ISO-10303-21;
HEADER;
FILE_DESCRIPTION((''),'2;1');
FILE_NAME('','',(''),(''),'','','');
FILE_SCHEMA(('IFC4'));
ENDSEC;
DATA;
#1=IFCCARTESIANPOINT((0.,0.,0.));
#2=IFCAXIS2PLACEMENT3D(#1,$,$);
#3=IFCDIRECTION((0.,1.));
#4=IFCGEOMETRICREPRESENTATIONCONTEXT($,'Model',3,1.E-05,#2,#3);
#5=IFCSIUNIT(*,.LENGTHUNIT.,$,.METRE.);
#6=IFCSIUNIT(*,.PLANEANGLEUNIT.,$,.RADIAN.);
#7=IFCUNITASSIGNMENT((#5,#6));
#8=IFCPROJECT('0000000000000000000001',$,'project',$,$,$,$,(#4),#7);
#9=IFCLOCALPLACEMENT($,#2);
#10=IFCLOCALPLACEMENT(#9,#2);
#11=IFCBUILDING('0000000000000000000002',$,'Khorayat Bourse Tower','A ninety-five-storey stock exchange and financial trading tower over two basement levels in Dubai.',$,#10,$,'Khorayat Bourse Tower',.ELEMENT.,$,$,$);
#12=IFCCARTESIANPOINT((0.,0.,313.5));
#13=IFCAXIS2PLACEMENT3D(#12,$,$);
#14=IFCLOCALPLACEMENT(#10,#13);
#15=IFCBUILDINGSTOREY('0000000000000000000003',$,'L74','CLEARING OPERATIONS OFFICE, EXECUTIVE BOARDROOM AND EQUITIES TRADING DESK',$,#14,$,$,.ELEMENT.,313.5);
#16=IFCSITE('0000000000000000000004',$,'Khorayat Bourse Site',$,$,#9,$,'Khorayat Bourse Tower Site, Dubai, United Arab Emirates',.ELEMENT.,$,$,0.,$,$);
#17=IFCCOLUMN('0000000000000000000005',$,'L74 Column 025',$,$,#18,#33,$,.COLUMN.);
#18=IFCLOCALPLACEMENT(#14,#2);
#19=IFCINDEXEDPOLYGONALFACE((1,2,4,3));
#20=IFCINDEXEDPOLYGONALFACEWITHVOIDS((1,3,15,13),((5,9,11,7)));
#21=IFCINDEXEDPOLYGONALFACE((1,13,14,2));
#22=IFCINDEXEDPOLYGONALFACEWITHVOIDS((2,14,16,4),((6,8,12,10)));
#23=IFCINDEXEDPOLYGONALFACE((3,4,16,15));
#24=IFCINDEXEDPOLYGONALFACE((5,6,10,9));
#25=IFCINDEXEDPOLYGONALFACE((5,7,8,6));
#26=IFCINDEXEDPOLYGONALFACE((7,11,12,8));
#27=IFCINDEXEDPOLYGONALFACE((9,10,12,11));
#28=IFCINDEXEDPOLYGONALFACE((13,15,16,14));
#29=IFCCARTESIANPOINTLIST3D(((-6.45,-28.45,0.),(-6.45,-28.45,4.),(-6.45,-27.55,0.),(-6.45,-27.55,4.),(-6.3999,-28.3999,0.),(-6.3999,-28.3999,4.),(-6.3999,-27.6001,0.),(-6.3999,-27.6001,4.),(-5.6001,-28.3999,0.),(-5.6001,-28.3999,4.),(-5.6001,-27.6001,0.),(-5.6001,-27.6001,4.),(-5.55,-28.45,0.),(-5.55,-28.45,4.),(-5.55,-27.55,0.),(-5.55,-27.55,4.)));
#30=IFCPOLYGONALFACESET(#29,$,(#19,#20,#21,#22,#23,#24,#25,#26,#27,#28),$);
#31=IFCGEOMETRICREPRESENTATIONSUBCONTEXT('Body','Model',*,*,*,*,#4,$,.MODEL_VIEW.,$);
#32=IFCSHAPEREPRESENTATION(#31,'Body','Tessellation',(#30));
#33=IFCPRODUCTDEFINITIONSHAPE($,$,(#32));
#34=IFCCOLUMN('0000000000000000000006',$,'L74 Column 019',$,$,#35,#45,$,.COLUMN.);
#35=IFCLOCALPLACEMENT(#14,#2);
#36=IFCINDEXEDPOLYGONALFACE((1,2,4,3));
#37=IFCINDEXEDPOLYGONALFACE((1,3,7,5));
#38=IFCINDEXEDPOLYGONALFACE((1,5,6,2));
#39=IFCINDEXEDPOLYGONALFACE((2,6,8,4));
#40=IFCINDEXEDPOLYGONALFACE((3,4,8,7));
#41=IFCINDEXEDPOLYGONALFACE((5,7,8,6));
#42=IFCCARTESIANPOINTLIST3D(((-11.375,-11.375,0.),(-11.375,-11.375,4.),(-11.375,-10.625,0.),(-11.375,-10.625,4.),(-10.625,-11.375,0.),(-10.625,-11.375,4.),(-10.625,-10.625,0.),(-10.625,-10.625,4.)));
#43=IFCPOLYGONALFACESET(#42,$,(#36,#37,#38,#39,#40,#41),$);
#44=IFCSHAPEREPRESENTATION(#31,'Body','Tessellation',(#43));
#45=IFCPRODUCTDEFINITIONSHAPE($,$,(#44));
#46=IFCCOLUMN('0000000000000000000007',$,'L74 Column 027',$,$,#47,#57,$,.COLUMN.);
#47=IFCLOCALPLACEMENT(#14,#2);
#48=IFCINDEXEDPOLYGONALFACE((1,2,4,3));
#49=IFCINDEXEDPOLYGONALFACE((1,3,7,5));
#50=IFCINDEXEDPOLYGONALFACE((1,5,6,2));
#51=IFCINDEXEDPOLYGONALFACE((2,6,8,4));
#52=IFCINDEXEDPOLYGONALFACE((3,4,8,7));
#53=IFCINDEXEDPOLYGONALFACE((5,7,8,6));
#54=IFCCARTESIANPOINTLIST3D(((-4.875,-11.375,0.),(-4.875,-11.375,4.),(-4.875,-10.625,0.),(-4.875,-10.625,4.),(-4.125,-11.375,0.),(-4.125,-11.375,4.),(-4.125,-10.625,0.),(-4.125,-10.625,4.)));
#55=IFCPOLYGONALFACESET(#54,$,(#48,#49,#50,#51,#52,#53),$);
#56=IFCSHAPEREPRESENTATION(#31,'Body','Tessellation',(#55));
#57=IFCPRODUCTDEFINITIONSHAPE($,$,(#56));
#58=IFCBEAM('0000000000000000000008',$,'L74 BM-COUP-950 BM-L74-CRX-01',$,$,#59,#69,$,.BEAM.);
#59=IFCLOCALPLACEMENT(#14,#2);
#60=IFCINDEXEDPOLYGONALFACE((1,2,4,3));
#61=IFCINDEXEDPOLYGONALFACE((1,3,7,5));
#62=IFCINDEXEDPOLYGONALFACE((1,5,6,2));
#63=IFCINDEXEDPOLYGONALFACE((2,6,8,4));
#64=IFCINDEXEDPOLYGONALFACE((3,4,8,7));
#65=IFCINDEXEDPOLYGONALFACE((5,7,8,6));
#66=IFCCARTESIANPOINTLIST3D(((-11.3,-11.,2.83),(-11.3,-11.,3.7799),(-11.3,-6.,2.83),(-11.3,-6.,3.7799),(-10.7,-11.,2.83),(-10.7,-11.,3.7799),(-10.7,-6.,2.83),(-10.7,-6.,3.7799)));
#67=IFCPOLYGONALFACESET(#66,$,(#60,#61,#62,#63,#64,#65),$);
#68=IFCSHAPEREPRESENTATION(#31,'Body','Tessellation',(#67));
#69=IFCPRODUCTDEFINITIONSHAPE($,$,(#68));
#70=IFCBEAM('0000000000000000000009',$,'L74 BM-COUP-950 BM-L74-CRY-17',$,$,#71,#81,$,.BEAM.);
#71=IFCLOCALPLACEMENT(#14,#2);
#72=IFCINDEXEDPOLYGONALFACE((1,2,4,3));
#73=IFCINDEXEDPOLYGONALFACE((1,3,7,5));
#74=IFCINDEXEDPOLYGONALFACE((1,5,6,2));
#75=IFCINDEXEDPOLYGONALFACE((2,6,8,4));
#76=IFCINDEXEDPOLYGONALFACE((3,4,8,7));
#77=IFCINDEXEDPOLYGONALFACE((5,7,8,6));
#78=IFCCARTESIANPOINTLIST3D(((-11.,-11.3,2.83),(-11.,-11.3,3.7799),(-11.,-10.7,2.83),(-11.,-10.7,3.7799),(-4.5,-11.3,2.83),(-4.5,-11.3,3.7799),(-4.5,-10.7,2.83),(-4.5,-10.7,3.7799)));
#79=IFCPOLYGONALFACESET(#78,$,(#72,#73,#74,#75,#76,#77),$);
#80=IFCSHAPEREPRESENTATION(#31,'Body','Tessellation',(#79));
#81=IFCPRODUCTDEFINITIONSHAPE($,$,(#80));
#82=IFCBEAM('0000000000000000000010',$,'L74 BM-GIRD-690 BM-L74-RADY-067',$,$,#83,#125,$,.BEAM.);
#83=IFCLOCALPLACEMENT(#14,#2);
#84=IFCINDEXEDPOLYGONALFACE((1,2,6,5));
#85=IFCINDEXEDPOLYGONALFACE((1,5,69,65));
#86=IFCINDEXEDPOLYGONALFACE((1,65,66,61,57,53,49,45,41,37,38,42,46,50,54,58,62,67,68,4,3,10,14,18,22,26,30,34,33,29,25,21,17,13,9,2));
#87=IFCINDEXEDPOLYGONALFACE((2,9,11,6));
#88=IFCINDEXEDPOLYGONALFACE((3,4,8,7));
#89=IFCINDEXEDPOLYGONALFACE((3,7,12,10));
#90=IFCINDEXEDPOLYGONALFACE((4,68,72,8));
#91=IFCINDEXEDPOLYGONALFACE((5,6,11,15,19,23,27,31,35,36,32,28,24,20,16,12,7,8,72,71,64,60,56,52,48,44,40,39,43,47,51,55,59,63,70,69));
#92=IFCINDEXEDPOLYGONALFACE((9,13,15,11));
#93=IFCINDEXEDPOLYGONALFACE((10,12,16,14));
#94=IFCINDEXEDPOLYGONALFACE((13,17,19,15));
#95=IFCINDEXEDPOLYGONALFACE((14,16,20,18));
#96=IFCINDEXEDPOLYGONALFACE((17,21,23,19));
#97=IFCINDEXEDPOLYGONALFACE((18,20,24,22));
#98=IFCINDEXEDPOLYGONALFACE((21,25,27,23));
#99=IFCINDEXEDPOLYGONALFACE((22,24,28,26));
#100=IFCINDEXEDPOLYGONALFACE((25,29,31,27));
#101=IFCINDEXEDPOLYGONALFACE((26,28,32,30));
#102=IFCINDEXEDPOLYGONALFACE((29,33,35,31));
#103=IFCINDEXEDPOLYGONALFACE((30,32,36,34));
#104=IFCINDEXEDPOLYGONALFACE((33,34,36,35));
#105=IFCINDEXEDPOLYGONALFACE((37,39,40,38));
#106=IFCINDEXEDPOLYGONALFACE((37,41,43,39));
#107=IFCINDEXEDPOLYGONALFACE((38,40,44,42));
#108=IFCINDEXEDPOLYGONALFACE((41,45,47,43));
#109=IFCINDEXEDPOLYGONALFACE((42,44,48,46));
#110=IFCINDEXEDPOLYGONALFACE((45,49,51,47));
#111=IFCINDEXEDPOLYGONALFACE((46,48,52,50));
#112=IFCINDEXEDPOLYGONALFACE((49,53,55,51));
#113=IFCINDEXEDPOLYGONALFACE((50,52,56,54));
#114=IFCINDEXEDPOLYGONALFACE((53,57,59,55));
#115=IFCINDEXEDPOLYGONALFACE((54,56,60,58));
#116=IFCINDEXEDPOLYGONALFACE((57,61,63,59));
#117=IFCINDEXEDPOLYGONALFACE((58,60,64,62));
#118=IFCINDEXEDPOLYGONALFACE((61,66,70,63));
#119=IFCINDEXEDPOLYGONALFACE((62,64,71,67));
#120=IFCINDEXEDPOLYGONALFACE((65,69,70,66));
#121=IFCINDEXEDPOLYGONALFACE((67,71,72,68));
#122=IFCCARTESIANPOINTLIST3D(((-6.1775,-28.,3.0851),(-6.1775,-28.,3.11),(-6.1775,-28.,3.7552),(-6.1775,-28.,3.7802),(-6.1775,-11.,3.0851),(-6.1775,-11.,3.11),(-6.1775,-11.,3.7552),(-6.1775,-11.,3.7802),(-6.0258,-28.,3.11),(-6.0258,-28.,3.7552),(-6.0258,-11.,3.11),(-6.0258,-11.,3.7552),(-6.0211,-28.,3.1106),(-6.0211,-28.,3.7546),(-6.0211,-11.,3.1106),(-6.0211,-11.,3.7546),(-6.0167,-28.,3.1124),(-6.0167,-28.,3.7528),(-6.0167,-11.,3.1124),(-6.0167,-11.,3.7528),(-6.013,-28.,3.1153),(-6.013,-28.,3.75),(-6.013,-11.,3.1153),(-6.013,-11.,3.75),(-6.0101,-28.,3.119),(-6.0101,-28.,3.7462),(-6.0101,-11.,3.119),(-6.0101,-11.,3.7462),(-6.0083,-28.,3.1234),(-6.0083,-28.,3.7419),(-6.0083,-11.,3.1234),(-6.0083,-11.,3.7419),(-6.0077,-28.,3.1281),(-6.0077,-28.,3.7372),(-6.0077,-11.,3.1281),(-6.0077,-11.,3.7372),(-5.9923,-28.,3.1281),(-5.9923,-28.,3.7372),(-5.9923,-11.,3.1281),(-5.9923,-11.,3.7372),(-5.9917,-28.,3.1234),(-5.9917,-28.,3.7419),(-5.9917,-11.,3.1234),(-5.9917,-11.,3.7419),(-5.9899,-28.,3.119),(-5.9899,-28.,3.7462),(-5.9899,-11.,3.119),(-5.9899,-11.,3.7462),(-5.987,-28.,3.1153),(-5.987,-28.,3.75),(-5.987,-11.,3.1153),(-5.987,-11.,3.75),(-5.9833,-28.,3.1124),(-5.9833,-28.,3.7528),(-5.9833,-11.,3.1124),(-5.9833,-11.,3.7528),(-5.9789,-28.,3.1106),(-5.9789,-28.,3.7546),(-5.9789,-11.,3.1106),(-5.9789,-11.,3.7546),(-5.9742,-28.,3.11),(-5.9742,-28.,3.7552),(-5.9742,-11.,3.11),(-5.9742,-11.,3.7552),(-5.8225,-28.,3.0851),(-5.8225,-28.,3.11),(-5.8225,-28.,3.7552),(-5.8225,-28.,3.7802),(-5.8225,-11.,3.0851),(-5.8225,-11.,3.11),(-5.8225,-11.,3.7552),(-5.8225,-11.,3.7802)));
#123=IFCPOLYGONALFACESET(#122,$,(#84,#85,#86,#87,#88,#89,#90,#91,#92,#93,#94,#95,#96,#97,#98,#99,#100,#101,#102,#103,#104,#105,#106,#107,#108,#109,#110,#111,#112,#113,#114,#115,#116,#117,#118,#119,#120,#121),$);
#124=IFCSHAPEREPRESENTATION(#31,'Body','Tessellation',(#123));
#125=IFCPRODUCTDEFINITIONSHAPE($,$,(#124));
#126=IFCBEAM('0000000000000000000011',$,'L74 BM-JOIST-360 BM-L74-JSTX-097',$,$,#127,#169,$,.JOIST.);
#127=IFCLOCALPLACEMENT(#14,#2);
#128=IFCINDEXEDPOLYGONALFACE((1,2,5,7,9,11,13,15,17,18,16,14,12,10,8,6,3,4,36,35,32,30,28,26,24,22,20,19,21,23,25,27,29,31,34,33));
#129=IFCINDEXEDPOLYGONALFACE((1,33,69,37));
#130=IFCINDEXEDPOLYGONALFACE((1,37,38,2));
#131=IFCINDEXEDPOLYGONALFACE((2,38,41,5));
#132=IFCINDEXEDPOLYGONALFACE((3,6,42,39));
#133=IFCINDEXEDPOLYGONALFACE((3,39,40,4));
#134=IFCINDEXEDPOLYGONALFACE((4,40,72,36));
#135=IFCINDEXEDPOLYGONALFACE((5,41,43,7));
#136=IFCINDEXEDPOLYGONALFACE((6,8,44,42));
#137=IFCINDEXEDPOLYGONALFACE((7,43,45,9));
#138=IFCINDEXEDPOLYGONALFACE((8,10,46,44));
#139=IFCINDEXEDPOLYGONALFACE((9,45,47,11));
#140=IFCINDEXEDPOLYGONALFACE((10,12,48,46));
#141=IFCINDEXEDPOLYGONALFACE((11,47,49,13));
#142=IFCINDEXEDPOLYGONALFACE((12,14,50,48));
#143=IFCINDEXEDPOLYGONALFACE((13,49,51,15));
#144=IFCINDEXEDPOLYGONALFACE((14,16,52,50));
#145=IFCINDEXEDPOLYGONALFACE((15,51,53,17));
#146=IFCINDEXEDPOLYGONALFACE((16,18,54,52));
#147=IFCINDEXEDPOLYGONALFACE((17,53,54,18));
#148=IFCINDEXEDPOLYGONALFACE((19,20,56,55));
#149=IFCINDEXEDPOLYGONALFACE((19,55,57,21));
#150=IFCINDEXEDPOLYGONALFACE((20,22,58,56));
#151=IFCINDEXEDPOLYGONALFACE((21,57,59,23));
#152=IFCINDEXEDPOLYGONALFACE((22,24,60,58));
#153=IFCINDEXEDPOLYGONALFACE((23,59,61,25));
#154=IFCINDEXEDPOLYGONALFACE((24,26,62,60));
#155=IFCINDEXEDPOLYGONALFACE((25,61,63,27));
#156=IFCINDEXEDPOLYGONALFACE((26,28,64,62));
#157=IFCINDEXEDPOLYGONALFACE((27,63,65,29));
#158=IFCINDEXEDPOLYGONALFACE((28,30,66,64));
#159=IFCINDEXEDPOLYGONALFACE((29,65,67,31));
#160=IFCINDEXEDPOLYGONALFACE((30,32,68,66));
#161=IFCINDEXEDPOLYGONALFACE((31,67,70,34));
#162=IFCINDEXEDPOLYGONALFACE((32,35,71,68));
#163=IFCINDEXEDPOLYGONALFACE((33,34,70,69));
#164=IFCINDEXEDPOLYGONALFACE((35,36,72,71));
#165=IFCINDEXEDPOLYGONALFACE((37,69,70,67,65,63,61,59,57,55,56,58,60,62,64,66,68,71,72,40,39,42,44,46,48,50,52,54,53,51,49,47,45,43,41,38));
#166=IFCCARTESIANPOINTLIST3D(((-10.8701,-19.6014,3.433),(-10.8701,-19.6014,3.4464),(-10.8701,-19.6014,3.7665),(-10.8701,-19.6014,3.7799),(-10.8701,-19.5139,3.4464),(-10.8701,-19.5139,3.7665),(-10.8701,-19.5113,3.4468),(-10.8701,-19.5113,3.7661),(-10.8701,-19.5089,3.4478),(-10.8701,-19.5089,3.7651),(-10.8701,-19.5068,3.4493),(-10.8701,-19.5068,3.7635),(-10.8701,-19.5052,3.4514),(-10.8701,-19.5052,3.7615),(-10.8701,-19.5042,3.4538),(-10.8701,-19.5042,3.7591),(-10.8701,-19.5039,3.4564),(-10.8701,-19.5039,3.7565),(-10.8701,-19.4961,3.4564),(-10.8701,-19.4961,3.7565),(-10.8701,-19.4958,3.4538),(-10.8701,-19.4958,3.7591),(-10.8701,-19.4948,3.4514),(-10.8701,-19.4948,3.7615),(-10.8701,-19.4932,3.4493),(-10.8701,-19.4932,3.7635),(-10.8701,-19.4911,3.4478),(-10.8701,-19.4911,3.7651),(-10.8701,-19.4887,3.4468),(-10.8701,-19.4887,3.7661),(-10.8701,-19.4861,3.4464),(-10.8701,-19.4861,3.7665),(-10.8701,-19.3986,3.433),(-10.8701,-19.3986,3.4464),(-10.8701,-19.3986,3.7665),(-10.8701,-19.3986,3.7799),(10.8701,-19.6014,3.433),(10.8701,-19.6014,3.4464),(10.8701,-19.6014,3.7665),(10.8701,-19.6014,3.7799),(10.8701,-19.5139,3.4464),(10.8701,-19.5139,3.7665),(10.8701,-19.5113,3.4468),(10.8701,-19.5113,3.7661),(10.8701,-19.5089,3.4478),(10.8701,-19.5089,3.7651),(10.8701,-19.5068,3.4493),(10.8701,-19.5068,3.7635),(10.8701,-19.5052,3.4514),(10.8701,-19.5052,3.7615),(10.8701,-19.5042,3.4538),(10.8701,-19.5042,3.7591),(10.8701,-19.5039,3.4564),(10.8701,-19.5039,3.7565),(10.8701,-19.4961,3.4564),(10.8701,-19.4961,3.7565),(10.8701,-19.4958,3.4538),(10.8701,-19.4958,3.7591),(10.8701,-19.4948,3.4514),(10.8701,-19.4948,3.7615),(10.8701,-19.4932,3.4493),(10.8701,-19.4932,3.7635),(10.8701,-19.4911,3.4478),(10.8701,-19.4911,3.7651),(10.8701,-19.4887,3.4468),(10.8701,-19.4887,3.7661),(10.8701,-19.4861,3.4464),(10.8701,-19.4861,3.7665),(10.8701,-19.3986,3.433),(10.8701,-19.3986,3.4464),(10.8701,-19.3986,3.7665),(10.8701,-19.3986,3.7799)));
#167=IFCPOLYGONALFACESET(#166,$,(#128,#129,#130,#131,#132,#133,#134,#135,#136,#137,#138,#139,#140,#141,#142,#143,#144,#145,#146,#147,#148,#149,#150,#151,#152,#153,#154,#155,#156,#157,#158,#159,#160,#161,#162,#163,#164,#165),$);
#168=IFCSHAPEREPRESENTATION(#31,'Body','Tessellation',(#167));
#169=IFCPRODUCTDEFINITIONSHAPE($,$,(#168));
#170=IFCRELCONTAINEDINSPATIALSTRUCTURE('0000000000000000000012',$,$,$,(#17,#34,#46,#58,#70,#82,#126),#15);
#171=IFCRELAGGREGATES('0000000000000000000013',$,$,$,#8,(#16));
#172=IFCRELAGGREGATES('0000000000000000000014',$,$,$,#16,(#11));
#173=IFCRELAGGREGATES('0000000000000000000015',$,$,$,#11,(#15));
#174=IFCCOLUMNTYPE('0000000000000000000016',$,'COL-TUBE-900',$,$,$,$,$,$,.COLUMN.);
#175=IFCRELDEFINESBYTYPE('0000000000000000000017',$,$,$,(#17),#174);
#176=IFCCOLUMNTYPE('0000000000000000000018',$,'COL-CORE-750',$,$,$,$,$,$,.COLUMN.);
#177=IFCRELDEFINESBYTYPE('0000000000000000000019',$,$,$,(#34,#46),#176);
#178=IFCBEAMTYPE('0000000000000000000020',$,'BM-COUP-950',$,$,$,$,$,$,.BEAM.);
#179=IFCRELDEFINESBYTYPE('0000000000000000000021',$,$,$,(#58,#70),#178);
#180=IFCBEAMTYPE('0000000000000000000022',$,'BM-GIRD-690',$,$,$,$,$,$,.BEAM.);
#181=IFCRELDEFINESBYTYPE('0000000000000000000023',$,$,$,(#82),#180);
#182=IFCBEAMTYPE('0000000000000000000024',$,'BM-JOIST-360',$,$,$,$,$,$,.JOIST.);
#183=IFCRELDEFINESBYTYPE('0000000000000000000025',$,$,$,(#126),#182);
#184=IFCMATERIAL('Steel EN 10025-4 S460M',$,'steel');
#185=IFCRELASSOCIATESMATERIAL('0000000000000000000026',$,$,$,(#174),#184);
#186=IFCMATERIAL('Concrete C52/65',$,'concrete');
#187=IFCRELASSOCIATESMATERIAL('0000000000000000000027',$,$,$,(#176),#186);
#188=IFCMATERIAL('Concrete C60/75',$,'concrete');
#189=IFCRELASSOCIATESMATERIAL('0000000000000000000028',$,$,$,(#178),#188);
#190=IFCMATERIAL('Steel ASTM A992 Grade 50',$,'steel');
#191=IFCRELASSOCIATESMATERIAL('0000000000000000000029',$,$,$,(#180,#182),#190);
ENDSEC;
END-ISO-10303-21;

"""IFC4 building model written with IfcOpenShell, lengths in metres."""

from ifc_helpers import new_model, si_unit, direction, frame, origin, origin_2d, place, context, subcontext, project, spatial, rectangle, hollow_rectangle, i_section, extrude, source, transform, mapped, material, material_profile, profile_set, type_object, element, save


model = new_model("IFC4")

# Units and contexts
model_context = context("Model", 3, precision=1e-05, world=origin(), true_north=direction((0.0, 1.0)))
body_context = subcontext(model_context, "Body", "Model", "MODEL_VIEW")
ifc_project = project(units=[si_unit("LENGTHUNIT", "METRE"), si_unit("PLANEANGLEUNIT", "RADIAN")], contexts=[model_context])

# Site, building, storey
site_placement = place(None, origin())
site = spatial("IfcSite", under=ifc_project, at=site_placement, Name="Khorayat Bourse Site", LongName="Khorayat Bourse Tower Site, Dubai, United Arab Emirates", CompositionType="ELEMENT", RefElevation=0.0)
building_placement = place(site_placement, origin())
building = spatial("IfcBuilding", under=site, at=building_placement, Name="Khorayat Bourse Tower", Description="A ninety-five-storey stock exchange and financial trading tower over two basement levels in Dubai.", LongName="Khorayat Bourse Tower", CompositionType="ELEMENT")
storey_placement = place(building_placement, frame((0.0, 0.0, 313.5)))
storey = spatial("IfcBuildingStorey", under=building, at=storey_placement, Name="L74", Description="CLEARING OPERATIONS OFFICE, EXECUTIVE BOARDROOM AND EQUITIES TRADING DESK", CompositionType="ELEMENT", Elevation=313.5)

# Columns
ifc_material_1 = material(Name="Steel EN 10025-4 S460M", Category="steel")
ifc_material_profile_1 = material_profile(ifc_material_1, hollow_rectangle(XDim=0.8999, YDim=0.8999, WallThickness=0.05, at=origin_2d()), Name="BOX 900x900x50")
ifc_profile_set_1 = profile_set([ifc_material_profile_1], Name="Steel EN 10025-4 S460M")
column_type_1 = type_object("IfcColumnType", Name="COL-TUBE-900", PredefinedType="COLUMN", material=ifc_profile_set_1)
shared_shape_1 = source(origin(), body_context, "Body", "SweptSolid", [
    extrude(hollow_rectangle(XDim=0.8999, YDim=0.8999, WallThickness=0.05, at=origin_2d()), origin(), (0.0, 0.0, 1.0), 4.0),
])
column_placement = place(storey_placement, frame((-6.0, -28.0, 0.0), z_axis=(0.0, 0.0, 1.0), x_axis=(1.0, 0.0, 0.0)))
element("IfcColumn", 1, at=column_placement, inside=storey, type_object=column_type_1, Name="L74 Column 025", PredefinedType="COLUMN", context=body_context, shape_type="MappedRepresentation", body=[
    mapped(shared_shape_1, transform((0.0, 0.0, 0.0), scale=1.0)),
])
ifc_material_2 = material(Name="Concrete C52/65", Category="concrete")
ifc_material_profile_2 = material_profile(ifc_material_2, rectangle(XDim=0.75, YDim=0.75, at=origin_2d()), Name="RC 750x750")
ifc_profile_set_2 = profile_set([ifc_material_profile_2], Name="Concrete C52/65")
column_type_2 = type_object("IfcColumnType", Name="COL-CORE-750", PredefinedType="COLUMN", material=ifc_profile_set_2)
shared_shape_2 = source(origin(), body_context, "Body", "SweptSolid", [
    extrude(rectangle(XDim=0.75, YDim=0.75, at=origin_2d()), origin(), (0.0, 0.0, 1.0), 4.0),
])
for number, where, z_axis, x_axis, name in (
    (2, (-11.0, -11.0, 0.0), (0.0, 0.0, 1.0), (1.0, 0.0, 0.0), "L74 Column 019"),
    (3, (-4.5, -11.0, 0.0), (0.0, 0.0, 1.0), (1.0, 0.0, 0.0), "L74 Column 027"),
):
    element("IfcColumn", number, at=place(storey_placement, frame(where, z_axis=z_axis, x_axis=x_axis)), inside=storey, type_object=column_type_2, Name=name, PredefinedType="COLUMN", context=body_context, shape_type="MappedRepresentation", body=[
        mapped(shared_shape_2, transform((0.0, 0.0, 0.0), scale=1.0)),
    ])

# Beams
ifc_material_3 = material(Name="Concrete C60/75", Category="concrete")
ifc_material_profile_3 = material_profile(ifc_material_3, rectangle(XDim=0.6001, YDim=0.95, at=origin_2d()), Name="RC 600x950")
ifc_profile_set_3 = profile_set([ifc_material_profile_3], Name="Concrete C60/75")
beam_type_1 = type_object("IfcBeamType", Name="BM-COUP-950", PredefinedType="BEAM", material=ifc_profile_set_3)
shared_shape_3 = source(origin(), body_context, "Body", "SweptSolid", [
    extrude(rectangle(XDim=0.6001, YDim=0.95, at=origin_2d()), origin(), (0.0, 0.0, 1.0), 5.0),
])
beam_1_placement = place(storey_placement, frame((-11.0, -11.0, 3.3049), z_axis=(0.0, 1.0, 0.0), x_axis=(-1.0, 0.0, 0.0)))
element("IfcBeam", 4, at=beam_1_placement, inside=storey, type_object=beam_type_1, Name="L74 BM-COUP-950 BM-L74-CRX-01", PredefinedType="BEAM", context=body_context, shape_type="MappedRepresentation", body=[
    mapped(shared_shape_3, transform((0.0, 0.0, 0.0), scale=1.0)),
])
shared_shape_4 = source(origin(), body_context, "Body", "SweptSolid", [
    extrude(rectangle(XDim=0.6001, YDim=0.95, at=origin_2d()), origin(), (0.0, 0.0, 1.0), 6.5),
])
beam_2_placement = place(storey_placement, frame((-11.0, -11.0, 3.3049), z_axis=(1.0, 0.0, 0.0), x_axis=(0.0, 1.0, 0.0)))
element("IfcBeam", 5, at=beam_2_placement, inside=storey, type_object=beam_type_1, Name="L74 BM-COUP-950 BM-L74-CRY-17", PredefinedType="BEAM", context=body_context, shape_type="MappedRepresentation", body=[
    mapped(shared_shape_4, transform((0.0, 0.0, 0.0), scale=1.0)),
])
ifc_material_4 = material(Name="Steel ASTM A992 Grade 50", Category="steel")
ifc_material_profile_4 = material_profile(ifc_material_4, i_section(OverallWidth=0.355, OverallDepth=0.6951, WebThickness=0.0154, FlangeThickness=0.0249, FilletRadius=0.0181, at=origin_2d()), Name="W690X217")
ifc_profile_set_4 = profile_set([ifc_material_profile_4], Name="Steel ASTM A992 Grade 50")
beam_type_2 = type_object("IfcBeamType", Name="BM-GIRD-690", PredefinedType="BEAM", material=ifc_profile_set_4)
shared_shape_5 = source(origin(), body_context, "Body", "SweptSolid", [
    extrude(i_section(OverallWidth=0.355, OverallDepth=0.6951, WebThickness=0.0154, FlangeThickness=0.0249, FilletRadius=0.0181, at=origin_2d()), origin(), (0.0, 0.0, 1.0), 17.0),
])
beam_3_placement = place(storey_placement, frame((-6.0, -28.0, 3.4326), z_axis=(0.0, 1.0, 0.0), x_axis=(-1.0, 0.0, 0.0)))
element("IfcBeam", 6, at=beam_3_placement, inside=storey, type_object=beam_type_2, Name="L74 BM-GIRD-690 BM-L74-RADY-067", PredefinedType="BEAM", context=body_context, shape_type="MappedRepresentation", body=[
    mapped(shared_shape_5, transform((0.0, 0.0, 0.0), scale=1.0)),
])
ifc_material_profile_5 = material_profile(ifc_material_4, i_section(OverallWidth=0.2029, OverallDepth=0.3469, WebThickness=0.0078, FlangeThickness=0.0134, FilletRadius=0.01, at=origin_2d()), Name="W360X64")
ifc_profile_set_5 = profile_set([ifc_material_profile_5], Name="Steel ASTM A992 Grade 50")
beam_type_3 = type_object("IfcBeamType", Name="BM-JOIST-360", PredefinedType="JOIST", material=ifc_profile_set_5)
shared_shape_6 = source(origin(), body_context, "Body", "SweptSolid", [
    extrude(i_section(OverallWidth=0.2029, OverallDepth=0.3469, WebThickness=0.0078, FlangeThickness=0.0134, FilletRadius=0.01, at=origin_2d()), origin(), (0.0, 0.0, 1.0), 21.7402),
])
beam_4_placement = place(storey_placement, frame((-10.8701, -19.5, 3.6064), z_axis=(1.0, 0.0, 0.0), x_axis=(0.0, 1.0, 0.0)))
element("IfcBeam", 7, at=beam_4_placement, inside=storey, type_object=beam_type_3, Name="L74 BM-JOIST-360 BM-L74-JSTX-097", PredefinedType="JOIST", context=body_context, shape_type="MappedRepresentation", body=[
    mapped(shared_shape_6, transform((0.0, 0.0, 0.0), scale=1.0)),
])

save(model, "model.ifc")
